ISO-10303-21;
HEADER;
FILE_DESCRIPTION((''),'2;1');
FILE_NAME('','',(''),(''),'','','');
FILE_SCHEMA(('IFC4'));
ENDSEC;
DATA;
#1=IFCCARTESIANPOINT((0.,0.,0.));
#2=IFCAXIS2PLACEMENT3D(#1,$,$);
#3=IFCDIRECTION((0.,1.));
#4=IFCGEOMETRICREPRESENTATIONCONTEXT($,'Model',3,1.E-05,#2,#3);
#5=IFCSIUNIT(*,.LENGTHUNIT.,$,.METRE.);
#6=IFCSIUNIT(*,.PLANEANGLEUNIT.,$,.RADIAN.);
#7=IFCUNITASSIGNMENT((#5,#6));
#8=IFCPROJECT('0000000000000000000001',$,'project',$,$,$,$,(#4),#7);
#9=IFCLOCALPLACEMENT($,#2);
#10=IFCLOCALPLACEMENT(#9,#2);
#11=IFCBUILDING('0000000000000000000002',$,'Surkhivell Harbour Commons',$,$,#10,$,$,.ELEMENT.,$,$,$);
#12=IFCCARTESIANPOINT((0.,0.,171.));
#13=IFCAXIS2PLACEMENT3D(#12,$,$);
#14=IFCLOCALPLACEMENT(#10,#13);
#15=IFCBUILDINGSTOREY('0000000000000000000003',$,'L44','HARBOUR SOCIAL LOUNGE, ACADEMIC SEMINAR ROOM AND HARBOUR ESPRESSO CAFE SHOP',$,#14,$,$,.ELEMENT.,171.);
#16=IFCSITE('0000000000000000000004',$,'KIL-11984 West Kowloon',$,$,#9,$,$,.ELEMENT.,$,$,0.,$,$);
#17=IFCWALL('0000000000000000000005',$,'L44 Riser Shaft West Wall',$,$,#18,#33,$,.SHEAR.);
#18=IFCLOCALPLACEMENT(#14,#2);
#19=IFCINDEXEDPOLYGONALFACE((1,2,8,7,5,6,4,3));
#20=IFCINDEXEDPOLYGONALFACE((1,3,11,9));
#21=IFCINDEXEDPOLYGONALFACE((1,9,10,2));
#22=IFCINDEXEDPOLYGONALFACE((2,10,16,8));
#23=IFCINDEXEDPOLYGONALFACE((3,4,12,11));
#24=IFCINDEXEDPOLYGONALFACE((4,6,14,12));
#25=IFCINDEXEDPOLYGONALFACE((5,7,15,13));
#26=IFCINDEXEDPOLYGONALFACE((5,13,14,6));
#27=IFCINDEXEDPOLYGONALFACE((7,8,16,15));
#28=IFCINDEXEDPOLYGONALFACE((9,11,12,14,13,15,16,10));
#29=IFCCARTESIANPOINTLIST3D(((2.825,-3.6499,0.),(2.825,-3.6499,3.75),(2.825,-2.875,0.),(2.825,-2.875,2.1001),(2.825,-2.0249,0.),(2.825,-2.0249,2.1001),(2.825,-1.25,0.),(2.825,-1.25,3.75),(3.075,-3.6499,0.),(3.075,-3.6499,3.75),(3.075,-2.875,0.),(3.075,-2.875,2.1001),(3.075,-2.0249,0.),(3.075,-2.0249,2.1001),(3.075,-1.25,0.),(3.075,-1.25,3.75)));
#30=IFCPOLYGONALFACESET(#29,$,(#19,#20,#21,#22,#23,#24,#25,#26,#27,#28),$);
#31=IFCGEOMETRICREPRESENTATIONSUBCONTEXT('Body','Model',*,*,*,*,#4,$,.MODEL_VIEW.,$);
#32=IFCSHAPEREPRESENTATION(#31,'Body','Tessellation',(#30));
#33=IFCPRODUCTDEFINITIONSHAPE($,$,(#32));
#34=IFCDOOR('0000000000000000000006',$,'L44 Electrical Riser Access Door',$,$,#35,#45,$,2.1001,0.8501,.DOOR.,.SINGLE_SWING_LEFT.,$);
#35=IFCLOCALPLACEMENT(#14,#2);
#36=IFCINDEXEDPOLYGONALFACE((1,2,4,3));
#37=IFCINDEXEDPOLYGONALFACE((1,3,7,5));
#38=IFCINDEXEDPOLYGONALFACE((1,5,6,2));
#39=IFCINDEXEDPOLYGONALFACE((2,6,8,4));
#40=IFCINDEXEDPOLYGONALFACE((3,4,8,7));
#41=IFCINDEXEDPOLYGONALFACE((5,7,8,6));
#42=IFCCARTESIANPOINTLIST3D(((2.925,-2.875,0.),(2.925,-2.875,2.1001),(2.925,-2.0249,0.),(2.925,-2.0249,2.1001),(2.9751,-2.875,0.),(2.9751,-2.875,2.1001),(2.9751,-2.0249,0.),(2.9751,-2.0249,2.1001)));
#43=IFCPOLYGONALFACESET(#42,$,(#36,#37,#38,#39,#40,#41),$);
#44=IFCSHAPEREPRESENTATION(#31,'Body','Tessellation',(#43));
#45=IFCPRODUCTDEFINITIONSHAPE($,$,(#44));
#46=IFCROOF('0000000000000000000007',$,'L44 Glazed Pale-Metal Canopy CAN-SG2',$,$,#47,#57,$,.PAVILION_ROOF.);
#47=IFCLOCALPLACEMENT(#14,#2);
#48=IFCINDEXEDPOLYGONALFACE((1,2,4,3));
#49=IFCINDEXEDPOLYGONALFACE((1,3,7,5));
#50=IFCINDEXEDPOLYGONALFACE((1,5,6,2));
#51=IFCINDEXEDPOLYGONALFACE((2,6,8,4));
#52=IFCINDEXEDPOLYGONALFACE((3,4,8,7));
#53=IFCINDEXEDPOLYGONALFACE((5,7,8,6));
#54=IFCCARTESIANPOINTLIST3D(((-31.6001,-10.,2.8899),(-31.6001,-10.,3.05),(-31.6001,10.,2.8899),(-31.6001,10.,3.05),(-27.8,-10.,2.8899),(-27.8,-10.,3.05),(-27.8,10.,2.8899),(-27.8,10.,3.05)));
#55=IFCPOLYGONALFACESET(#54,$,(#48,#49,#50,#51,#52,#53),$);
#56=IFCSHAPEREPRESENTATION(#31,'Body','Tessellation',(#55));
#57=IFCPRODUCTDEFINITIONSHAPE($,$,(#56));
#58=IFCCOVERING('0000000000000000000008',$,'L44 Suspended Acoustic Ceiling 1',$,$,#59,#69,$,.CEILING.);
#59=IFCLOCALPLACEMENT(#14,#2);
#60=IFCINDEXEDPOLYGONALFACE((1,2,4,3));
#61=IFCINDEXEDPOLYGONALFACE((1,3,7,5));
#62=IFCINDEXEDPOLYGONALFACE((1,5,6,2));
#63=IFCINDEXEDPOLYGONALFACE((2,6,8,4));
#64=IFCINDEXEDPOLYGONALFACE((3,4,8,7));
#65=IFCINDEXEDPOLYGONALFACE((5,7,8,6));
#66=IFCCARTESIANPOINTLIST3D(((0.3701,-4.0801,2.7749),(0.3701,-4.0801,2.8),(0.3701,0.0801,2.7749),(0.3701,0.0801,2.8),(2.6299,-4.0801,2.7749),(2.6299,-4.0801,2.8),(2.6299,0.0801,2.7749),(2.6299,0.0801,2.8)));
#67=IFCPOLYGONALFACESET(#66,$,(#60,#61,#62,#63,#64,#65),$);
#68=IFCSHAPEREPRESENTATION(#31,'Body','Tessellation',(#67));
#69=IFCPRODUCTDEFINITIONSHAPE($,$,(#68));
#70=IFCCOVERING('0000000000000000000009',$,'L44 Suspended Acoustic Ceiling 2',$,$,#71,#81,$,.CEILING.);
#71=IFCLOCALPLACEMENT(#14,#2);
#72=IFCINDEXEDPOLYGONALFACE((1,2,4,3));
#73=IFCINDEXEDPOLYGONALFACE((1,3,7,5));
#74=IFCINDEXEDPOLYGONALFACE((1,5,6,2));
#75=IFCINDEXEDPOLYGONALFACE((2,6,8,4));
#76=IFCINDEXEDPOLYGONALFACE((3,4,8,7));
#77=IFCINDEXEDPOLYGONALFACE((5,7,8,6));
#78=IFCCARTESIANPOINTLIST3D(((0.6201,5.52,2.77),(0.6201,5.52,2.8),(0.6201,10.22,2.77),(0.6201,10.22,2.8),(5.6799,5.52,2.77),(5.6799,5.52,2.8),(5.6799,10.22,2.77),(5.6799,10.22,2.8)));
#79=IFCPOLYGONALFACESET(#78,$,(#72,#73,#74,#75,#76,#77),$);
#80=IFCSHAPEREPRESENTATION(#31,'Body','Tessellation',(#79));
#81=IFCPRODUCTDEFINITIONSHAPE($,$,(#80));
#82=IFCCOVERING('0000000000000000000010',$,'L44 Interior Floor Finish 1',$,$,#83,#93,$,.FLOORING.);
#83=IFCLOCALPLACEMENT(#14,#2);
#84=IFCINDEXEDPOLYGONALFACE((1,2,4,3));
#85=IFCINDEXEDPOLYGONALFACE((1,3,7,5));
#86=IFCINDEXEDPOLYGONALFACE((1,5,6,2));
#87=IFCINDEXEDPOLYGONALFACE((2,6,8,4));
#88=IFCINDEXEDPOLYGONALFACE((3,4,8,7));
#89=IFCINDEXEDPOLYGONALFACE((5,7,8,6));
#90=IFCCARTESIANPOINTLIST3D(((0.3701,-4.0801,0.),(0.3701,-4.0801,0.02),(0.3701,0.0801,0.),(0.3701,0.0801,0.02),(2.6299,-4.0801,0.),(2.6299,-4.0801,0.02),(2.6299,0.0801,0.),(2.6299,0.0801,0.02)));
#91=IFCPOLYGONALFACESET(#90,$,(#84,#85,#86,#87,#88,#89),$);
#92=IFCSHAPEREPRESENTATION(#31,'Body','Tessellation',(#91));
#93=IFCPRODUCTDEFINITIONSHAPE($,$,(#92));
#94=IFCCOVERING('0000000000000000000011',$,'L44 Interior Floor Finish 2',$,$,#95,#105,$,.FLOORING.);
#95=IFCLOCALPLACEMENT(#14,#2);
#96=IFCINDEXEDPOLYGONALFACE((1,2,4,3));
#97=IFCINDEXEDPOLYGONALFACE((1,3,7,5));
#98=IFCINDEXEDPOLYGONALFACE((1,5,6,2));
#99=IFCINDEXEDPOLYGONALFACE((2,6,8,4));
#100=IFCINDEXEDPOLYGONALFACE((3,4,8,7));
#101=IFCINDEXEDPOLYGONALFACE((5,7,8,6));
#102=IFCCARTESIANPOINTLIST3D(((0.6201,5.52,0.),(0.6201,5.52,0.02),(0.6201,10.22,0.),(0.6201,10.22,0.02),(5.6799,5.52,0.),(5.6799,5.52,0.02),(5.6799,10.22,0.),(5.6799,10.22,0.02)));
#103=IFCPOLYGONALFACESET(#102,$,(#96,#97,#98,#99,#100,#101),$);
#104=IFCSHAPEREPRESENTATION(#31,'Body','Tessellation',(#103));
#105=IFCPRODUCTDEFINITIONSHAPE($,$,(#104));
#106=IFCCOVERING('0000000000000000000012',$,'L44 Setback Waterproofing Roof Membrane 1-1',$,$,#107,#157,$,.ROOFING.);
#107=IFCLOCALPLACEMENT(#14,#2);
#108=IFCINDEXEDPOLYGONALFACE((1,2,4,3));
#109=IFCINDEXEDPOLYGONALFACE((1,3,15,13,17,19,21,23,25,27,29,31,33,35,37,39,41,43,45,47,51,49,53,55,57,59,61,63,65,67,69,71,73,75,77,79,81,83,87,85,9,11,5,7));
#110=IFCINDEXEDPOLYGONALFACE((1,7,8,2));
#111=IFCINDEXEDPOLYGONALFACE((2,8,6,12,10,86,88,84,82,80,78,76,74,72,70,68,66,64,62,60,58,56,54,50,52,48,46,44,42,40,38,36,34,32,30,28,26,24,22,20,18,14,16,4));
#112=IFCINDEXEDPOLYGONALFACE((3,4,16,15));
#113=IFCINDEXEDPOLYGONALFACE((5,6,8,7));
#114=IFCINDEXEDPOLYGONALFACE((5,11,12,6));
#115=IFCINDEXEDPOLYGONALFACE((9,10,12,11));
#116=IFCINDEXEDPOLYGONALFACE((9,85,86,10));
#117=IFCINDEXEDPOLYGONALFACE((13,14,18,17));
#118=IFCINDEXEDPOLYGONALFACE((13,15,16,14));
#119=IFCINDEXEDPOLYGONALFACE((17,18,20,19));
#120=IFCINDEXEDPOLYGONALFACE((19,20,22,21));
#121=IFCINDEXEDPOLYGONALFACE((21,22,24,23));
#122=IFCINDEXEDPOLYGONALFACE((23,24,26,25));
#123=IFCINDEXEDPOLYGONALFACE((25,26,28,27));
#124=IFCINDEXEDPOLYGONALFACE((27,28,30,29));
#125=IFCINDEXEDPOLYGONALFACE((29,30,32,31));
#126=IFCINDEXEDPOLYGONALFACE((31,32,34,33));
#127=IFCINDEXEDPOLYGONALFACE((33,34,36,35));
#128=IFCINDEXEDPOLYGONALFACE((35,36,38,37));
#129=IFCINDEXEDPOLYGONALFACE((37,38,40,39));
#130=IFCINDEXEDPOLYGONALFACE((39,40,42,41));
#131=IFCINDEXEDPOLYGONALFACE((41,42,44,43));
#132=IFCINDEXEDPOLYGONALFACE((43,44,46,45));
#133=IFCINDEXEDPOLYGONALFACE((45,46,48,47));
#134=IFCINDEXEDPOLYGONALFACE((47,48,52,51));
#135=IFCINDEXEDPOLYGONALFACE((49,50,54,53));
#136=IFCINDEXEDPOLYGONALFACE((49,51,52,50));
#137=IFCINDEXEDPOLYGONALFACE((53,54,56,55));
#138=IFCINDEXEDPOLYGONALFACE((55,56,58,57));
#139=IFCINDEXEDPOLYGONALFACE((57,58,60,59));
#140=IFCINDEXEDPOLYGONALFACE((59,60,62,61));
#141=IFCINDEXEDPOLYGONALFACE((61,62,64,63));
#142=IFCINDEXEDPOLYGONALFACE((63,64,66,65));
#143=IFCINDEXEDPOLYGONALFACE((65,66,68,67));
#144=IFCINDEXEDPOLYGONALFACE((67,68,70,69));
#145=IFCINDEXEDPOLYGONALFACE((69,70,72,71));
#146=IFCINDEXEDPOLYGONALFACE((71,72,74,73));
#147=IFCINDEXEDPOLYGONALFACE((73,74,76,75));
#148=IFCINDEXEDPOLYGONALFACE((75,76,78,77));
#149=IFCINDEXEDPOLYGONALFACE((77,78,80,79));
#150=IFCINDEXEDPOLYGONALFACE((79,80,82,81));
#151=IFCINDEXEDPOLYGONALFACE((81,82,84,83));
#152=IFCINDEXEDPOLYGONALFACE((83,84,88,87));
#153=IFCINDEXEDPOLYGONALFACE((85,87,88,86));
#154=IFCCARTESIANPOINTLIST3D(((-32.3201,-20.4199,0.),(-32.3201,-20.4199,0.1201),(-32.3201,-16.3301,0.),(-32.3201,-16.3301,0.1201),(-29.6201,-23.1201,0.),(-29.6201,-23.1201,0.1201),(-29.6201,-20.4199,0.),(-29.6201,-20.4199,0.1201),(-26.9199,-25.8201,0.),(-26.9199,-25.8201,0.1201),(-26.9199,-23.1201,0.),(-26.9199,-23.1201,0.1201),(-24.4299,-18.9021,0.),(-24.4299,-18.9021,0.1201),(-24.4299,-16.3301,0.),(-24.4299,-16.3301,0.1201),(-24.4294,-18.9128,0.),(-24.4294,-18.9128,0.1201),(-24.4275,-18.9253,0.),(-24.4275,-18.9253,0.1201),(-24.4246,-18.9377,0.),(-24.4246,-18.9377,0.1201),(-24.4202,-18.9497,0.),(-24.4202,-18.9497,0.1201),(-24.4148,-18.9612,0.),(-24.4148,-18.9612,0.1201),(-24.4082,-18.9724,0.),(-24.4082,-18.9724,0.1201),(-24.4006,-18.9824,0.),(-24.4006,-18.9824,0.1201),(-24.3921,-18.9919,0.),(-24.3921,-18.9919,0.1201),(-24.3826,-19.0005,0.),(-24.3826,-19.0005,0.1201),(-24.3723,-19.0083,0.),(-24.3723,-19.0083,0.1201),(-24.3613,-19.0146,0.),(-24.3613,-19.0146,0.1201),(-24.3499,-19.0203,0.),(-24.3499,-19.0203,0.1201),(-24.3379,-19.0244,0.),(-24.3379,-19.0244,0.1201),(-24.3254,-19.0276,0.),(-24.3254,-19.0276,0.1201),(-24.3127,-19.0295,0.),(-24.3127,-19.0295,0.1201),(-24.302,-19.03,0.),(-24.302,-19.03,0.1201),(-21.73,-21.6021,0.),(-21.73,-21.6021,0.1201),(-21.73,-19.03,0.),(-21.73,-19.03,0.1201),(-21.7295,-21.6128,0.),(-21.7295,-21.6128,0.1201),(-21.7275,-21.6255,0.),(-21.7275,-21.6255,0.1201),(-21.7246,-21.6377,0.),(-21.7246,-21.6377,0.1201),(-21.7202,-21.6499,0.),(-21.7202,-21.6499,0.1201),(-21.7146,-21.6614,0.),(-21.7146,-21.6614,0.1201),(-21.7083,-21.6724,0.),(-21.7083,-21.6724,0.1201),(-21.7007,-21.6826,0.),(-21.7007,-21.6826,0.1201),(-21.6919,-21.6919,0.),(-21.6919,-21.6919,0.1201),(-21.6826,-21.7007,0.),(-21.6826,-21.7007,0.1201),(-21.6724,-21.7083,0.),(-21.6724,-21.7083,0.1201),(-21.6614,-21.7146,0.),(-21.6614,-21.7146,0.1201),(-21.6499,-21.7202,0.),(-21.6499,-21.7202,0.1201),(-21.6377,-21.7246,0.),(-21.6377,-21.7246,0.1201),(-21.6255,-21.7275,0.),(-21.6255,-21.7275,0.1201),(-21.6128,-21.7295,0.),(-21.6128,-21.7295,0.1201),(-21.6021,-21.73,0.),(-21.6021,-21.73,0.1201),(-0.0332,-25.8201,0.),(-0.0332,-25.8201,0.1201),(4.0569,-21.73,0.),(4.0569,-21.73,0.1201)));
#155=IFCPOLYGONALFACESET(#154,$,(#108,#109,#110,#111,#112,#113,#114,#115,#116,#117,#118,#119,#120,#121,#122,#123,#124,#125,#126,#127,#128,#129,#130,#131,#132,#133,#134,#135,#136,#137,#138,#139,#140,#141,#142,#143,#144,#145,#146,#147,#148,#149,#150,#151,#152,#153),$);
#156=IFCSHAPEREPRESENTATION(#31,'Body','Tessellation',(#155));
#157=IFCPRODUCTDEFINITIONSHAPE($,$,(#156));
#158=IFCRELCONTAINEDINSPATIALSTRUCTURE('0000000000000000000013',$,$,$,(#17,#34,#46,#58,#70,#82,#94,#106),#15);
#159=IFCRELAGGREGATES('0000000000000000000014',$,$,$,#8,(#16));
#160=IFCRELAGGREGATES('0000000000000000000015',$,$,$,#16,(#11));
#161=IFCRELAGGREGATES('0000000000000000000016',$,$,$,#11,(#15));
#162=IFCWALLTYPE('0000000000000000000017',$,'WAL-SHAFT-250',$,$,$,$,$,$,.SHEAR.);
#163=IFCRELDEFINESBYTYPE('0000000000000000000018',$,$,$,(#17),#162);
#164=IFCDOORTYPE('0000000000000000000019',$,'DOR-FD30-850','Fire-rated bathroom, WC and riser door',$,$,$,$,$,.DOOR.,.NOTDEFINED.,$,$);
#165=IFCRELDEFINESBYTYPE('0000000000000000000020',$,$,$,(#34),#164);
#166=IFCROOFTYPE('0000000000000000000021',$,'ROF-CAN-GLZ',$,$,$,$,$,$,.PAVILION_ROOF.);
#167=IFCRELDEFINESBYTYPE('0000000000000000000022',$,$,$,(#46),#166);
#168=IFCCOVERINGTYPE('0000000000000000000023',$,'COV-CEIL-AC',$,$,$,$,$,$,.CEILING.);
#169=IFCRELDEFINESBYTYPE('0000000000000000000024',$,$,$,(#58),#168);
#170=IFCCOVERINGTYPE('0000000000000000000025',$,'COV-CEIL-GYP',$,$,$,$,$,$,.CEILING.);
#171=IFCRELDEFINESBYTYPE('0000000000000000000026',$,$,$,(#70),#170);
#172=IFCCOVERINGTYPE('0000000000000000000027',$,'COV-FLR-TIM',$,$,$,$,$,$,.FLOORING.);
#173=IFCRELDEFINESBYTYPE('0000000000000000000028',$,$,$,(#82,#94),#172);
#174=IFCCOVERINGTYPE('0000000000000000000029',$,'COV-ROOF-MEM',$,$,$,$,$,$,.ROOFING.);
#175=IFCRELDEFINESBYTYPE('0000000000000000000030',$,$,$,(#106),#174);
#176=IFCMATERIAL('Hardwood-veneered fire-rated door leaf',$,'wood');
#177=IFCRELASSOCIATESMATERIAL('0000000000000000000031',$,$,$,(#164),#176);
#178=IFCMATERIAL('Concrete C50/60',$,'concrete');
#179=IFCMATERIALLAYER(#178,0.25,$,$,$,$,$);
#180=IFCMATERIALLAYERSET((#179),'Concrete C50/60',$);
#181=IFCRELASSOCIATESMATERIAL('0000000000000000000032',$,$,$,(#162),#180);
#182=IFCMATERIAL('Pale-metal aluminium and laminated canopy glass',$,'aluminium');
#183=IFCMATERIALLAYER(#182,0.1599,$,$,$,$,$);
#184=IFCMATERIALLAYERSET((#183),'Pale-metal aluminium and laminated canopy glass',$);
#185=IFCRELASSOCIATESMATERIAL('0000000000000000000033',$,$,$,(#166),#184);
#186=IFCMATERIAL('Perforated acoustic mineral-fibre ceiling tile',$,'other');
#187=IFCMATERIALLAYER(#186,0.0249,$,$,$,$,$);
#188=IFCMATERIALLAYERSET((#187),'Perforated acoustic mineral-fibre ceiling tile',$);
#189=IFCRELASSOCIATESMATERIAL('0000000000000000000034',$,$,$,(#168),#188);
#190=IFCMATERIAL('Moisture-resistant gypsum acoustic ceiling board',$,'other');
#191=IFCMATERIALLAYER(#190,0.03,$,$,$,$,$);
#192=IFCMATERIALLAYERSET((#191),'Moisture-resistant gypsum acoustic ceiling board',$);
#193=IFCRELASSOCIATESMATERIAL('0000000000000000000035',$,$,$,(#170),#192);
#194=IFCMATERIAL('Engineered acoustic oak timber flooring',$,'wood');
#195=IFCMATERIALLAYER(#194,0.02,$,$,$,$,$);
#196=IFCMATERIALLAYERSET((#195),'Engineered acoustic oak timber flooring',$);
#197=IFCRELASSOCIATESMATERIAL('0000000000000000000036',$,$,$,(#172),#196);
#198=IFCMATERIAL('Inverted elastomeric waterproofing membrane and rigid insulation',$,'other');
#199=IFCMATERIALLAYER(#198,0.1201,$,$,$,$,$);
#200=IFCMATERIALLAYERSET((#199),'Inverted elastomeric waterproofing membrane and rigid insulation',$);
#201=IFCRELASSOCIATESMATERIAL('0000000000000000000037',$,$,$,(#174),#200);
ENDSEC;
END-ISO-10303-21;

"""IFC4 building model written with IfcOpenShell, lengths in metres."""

from ifc_helpers import new_model, si_unit, direction, frame, frame_2d, origin, place, context, subcontext, project, spatial, polyline, rectangle, outline, extrude, material, layer, layer_set, type_object, element, fill, save


model = new_model("IFC4")

# Units and contexts
model_context = context("Model", 3, precision=1e-05, world=origin(), true_north=direction((0.0, 1.0)))
body_context = subcontext(model_context, "Body", "Model", "MODEL_VIEW")
ifc_project = project(units=[si_unit("LENGTHUNIT", "METRE"), si_unit("PLANEANGLEUNIT", "RADIAN")], contexts=[model_context])

# Site, building, storey
site_placement = place(None, origin())
site = spatial("IfcSite", under=ifc_project, at=site_placement, Name="KIL-11984 West Kowloon", CompositionType="ELEMENT", RefElevation=0.0)
building_placement = place(site_placement, origin())
building = spatial("IfcBuilding", under=site, at=building_placement, Name="Surkhivell Harbour Commons", CompositionType="ELEMENT")
storey_placement = place(building_placement, frame((0.0, 0.0, 171.0)))
storey = spatial("IfcBuildingStorey", under=building, at=storey_placement, Name="L44", Description="HARBOUR SOCIAL LOUNGE, ACADEMIC SEMINAR ROOM AND HARBOUR ESPRESSO CAFE SHOP", CompositionType="ELEMENT", Elevation=171.0)

# Shared definitions
ifc_material_1 = material(Name="Concrete C50/60", Category="concrete")

# Shared definitions
ifc_material_2 = material(Name="Hardwood-veneered fire-rated door leaf", Category="wood")
door_type = type_object("IfcDoorType", Name="DOR-FD30-850", Description="Fire-rated bathroom, WC and riser door", OperationType="NOTDEFINED", PredefinedType="DOOR", material=ifc_material_2)

# Shared definitions
ifc_layer_1 = layer(ifc_material_1, 0.25)
ifc_layer_set_1 = layer_set([ifc_layer_1], Name="Concrete C50/60")
wall_type_1 = type_object("IfcWallType", Name="WAL-SHAFT-250", PredefinedType="SHEAR", material=ifc_layer_set_1)

# Wall, opening, door
wall_1_placement = place(storey_placement, frame((2.95, -3.6499, 0.0), z_axis=(0.0, 0.0, 1.0), x_axis=(0.0, 1.0, 0.0)))
wall_1 = element("IfcWall", 1, at=wall_1_placement, inside=storey, type_object=wall_type_1, Name="L44 Riser Shaft West Wall", PredefinedType="SHEAR", context=body_context, shape_type="SweptSolid", body=[
    extrude(rectangle(XDim=2.3999, YDim=0.25, at=frame_2d((1.2, 0.0))), origin(), (0.0, 0.0, 1.0), 3.75),
])
opening_1_placement = place(wall_1_placement, frame((0.7749, 0.0, 0.0)))
opening_1 = element("IfcOpeningElement", 2, at=opening_1_placement, cuts=wall_1, PredefinedType="OPENING", context=body_context, shape_type="SweptSolid", body=[
    extrude(rectangle(XDim=0.8501, YDim=2.1001, at=frame_2d((0.425, 1.05))), frame((0.0, 0.135, 0.0), z_axis=(0.0, -1.0, 0.0), x_axis=(1.0, 0.0, 0.0)), (0.0, 0.0, 1.0), 0.27),
])
door_1_placement = place(opening_1_placement, origin())
door_1 = element("IfcDoor", 3, at=door_1_placement, inside=storey, type_object=door_type, Name="L44 Electrical Riser Access Door", OperationType="SINGLE_SWING_LEFT", OverallHeight=2.1001, OverallWidth=0.8501, PredefinedType="DOOR", context=body_context, shape_type="SweptSolid", body=[
    extrude(rectangle(XDim=0.8501, YDim=2.1001, at=frame_2d((0.425, 1.05))), frame((0.0, 0.0249, 0.0), z_axis=(0.0, -1.0, 0.0), x_axis=(1.0, 0.0, 0.0)), (0.0, 0.0, 1.0), 0.05),
])
fill(opening_1, door_1)

# Roof
ifc_material_3 = material(Name="Pale-metal aluminium and laminated canopy glass", Category="aluminium")
ifc_layer_2 = layer(ifc_material_3, 0.1599)
ifc_layer_set_2 = layer_set([ifc_layer_2], Name="Pale-metal aluminium and laminated canopy glass")
roof_type = type_object("IfcRoofType", Name="ROF-CAN-GLZ", PredefinedType="PAVILION_ROOF", material=ifc_layer_set_2)
roof_placement = place(storey_placement, frame((0.0, 0.0, 2.8899)))
element("IfcRoof", 4, at=roof_placement, inside=storey, type_object=roof_type, Name="L44 Glazed Pale-Metal Canopy CAN-SG2", PredefinedType="PAVILION_ROOF", context=body_context, shape_type="SweptSolid", body=[
    extrude(outline(polyline([(-31.6001, -10.0), (-27.8, -10.0), (-27.8, 10.0), (-31.6001, 10.0), (-31.6001, -10.0)])), origin(), (0.0, 0.0, 1.0), 0.1602),
])

# Coverings
ifc_material_4 = material(Name="Perforated acoustic mineral-fibre ceiling tile", Category="other")
ifc_layer_3 = layer(ifc_material_4, 0.0249)
ifc_layer_set_3 = layer_set([ifc_layer_3], Name="Perforated acoustic mineral-fibre ceiling tile")
covering_type_1 = type_object("IfcCoveringType", Name="COV-CEIL-AC", PredefinedType="CEILING", material=ifc_layer_set_3)
covering_1_placement = place(storey_placement, frame((0.0, 0.0, 2.7749)))
element("IfcCovering", 5, at=covering_1_placement, inside=storey, type_object=covering_type_1, Name="L44 Suspended Acoustic Ceiling 1", PredefinedType="CEILING", context=body_context, shape_type="SweptSolid", body=[
    extrude(outline(polyline([(0.3701, -4.0801), (2.6299, -4.0801), (2.6299, 0.0801), (0.3701, 0.0801), (0.3701, -4.0801)])), origin(), (0.0, 0.0, 1.0), 0.0251),
])
ifc_material_5 = material(Name="Moisture-resistant gypsum acoustic ceiling board", Category="other")
ifc_layer_4 = layer(ifc_material_5, 0.03)
ifc_layer_set_4 = layer_set([ifc_layer_4], Name="Moisture-resistant gypsum acoustic ceiling board")
covering_type_2 = type_object("IfcCoveringType", Name="COV-CEIL-GYP", PredefinedType="CEILING", material=ifc_layer_set_4)
covering_2_placement = place(storey_placement, frame((0.0, 0.0, 2.77)))
element("IfcCovering", 6, at=covering_2_placement, inside=storey, type_object=covering_type_2, Name="L44 Suspended Acoustic Ceiling 2", PredefinedType="CEILING", context=body_context, shape_type="SweptSolid", body=[
    extrude(outline(polyline([(0.6201, 5.52), (5.6799, 5.52), (5.6799, 10.22), (0.6201, 10.22), (0.6201, 5.52)])), origin(), (0.0, 0.0, 1.0), 0.03),
])
ifc_material_6 = material(Name="Engineered acoustic oak timber flooring", Category="wood")
ifc_layer_5 = layer(ifc_material_6, 0.02)
ifc_layer_set_5 = layer_set([ifc_layer_5], Name="Engineered acoustic oak timber flooring")
covering_type_3 = type_object("IfcCoveringType", Name="COV-FLR-TIM", PredefinedType="FLOORING", material=ifc_layer_set_5)
covering_3_placement = place(storey_placement, origin())
element("IfcCovering", 7, at=covering_3_placement, inside=storey, type_object=covering_type_3, Name="L44 Interior Floor Finish 1", PredefinedType="FLOORING", context=body_context, shape_type="SweptSolid", body=[
    extrude(outline(polyline([(0.3701, -4.0801), (2.6299, -4.0801), (2.6299, 0.0801), (0.3701, 0.0801), (0.3701, -4.0801)])), origin(), (0.0, 0.0, 1.0), 0.02),
])
covering_4_placement = place(storey_placement, origin())
element("IfcCovering", 8, at=covering_4_placement, inside=storey, type_object=covering_type_3, Name="L44 Interior Floor Finish 2", PredefinedType="FLOORING", context=body_context, shape_type="SweptSolid", body=[
    extrude(outline(polyline([(0.6201, 5.52), (5.6799, 5.52), (5.6799, 10.22), (0.6201, 10.22), (0.6201, 5.52)])), origin(), (0.0, 0.0, 1.0), 0.02),
])
ifc_material_7 = material(Name="Inverted elastomeric waterproofing membrane and rigid insulation", Category="other")
ifc_layer_6 = layer(ifc_material_7, 0.1201)
ifc_layer_set_6 = layer_set([ifc_layer_6], Name="Inverted elastomeric waterproofing membrane and rigid insulation")
covering_type_4 = type_object("IfcCoveringType", Name="COV-ROOF-MEM", PredefinedType="ROOFING", material=ifc_layer_set_6)
covering_5_placement = place(storey_placement, origin())
element("IfcCovering", 9, at=covering_5_placement, inside=storey, type_object=covering_type_4, Name="L44 Setback Waterproofing Roof Membrane 1-1", PredefinedType="ROOFING", context=body_context, shape_type="SweptSolid", body=[
    extrude(outline(polyline([(-0.0332, -25.8201), (4.0569, -21.73), (-21.6021, -21.73), (-21.6128, -21.7295), (-21.6255, -21.7275), (-21.6377, -21.7246), (-21.6499, -21.7202), (-21.6614, -21.7146), (-21.6724, -21.7083), (-21.6826, -21.7007), (-21.6919, -21.6919), (-21.7007, -21.6826), (-21.7083, -21.6724), (-21.7146, -21.6614), (-21.7202, -21.6499), (-21.7246, -21.6377), (-21.7275, -21.6255), (-21.7295, -21.6128), (-21.73, -21.6021), (-21.73, -19.03), (-24.302, -19.03), (-24.3127, -19.0295), (-24.3254, -19.0276), (-24.3379, -19.0244), (-24.3499, -19.0203), (-24.3613, -19.0146), (-24.3723, -19.0083), (-24.3826, -19.0005), (-24.3921, -18.9919), (-24.4006, -18.9824), (-24.4082, -18.9724), (-24.4148, -18.9612), (-24.4202, -18.9497), (-24.4246, -18.9377), (-24.4275, -18.9253), (-24.4294, -18.9128), (-24.4299, -18.9021), (-24.4299, -16.3301), (-32.3201, -16.3301), (-32.3201, -20.4199), (-29.6201, -20.4199), (-29.6201, -23.1201), (-26.9199, -23.1201), (-26.9199, -25.8201), (-0.0332, -25.8201)])), origin(), (0.0, 0.0, 1.0), 0.1201),
])

save(model, "model.ifc")
